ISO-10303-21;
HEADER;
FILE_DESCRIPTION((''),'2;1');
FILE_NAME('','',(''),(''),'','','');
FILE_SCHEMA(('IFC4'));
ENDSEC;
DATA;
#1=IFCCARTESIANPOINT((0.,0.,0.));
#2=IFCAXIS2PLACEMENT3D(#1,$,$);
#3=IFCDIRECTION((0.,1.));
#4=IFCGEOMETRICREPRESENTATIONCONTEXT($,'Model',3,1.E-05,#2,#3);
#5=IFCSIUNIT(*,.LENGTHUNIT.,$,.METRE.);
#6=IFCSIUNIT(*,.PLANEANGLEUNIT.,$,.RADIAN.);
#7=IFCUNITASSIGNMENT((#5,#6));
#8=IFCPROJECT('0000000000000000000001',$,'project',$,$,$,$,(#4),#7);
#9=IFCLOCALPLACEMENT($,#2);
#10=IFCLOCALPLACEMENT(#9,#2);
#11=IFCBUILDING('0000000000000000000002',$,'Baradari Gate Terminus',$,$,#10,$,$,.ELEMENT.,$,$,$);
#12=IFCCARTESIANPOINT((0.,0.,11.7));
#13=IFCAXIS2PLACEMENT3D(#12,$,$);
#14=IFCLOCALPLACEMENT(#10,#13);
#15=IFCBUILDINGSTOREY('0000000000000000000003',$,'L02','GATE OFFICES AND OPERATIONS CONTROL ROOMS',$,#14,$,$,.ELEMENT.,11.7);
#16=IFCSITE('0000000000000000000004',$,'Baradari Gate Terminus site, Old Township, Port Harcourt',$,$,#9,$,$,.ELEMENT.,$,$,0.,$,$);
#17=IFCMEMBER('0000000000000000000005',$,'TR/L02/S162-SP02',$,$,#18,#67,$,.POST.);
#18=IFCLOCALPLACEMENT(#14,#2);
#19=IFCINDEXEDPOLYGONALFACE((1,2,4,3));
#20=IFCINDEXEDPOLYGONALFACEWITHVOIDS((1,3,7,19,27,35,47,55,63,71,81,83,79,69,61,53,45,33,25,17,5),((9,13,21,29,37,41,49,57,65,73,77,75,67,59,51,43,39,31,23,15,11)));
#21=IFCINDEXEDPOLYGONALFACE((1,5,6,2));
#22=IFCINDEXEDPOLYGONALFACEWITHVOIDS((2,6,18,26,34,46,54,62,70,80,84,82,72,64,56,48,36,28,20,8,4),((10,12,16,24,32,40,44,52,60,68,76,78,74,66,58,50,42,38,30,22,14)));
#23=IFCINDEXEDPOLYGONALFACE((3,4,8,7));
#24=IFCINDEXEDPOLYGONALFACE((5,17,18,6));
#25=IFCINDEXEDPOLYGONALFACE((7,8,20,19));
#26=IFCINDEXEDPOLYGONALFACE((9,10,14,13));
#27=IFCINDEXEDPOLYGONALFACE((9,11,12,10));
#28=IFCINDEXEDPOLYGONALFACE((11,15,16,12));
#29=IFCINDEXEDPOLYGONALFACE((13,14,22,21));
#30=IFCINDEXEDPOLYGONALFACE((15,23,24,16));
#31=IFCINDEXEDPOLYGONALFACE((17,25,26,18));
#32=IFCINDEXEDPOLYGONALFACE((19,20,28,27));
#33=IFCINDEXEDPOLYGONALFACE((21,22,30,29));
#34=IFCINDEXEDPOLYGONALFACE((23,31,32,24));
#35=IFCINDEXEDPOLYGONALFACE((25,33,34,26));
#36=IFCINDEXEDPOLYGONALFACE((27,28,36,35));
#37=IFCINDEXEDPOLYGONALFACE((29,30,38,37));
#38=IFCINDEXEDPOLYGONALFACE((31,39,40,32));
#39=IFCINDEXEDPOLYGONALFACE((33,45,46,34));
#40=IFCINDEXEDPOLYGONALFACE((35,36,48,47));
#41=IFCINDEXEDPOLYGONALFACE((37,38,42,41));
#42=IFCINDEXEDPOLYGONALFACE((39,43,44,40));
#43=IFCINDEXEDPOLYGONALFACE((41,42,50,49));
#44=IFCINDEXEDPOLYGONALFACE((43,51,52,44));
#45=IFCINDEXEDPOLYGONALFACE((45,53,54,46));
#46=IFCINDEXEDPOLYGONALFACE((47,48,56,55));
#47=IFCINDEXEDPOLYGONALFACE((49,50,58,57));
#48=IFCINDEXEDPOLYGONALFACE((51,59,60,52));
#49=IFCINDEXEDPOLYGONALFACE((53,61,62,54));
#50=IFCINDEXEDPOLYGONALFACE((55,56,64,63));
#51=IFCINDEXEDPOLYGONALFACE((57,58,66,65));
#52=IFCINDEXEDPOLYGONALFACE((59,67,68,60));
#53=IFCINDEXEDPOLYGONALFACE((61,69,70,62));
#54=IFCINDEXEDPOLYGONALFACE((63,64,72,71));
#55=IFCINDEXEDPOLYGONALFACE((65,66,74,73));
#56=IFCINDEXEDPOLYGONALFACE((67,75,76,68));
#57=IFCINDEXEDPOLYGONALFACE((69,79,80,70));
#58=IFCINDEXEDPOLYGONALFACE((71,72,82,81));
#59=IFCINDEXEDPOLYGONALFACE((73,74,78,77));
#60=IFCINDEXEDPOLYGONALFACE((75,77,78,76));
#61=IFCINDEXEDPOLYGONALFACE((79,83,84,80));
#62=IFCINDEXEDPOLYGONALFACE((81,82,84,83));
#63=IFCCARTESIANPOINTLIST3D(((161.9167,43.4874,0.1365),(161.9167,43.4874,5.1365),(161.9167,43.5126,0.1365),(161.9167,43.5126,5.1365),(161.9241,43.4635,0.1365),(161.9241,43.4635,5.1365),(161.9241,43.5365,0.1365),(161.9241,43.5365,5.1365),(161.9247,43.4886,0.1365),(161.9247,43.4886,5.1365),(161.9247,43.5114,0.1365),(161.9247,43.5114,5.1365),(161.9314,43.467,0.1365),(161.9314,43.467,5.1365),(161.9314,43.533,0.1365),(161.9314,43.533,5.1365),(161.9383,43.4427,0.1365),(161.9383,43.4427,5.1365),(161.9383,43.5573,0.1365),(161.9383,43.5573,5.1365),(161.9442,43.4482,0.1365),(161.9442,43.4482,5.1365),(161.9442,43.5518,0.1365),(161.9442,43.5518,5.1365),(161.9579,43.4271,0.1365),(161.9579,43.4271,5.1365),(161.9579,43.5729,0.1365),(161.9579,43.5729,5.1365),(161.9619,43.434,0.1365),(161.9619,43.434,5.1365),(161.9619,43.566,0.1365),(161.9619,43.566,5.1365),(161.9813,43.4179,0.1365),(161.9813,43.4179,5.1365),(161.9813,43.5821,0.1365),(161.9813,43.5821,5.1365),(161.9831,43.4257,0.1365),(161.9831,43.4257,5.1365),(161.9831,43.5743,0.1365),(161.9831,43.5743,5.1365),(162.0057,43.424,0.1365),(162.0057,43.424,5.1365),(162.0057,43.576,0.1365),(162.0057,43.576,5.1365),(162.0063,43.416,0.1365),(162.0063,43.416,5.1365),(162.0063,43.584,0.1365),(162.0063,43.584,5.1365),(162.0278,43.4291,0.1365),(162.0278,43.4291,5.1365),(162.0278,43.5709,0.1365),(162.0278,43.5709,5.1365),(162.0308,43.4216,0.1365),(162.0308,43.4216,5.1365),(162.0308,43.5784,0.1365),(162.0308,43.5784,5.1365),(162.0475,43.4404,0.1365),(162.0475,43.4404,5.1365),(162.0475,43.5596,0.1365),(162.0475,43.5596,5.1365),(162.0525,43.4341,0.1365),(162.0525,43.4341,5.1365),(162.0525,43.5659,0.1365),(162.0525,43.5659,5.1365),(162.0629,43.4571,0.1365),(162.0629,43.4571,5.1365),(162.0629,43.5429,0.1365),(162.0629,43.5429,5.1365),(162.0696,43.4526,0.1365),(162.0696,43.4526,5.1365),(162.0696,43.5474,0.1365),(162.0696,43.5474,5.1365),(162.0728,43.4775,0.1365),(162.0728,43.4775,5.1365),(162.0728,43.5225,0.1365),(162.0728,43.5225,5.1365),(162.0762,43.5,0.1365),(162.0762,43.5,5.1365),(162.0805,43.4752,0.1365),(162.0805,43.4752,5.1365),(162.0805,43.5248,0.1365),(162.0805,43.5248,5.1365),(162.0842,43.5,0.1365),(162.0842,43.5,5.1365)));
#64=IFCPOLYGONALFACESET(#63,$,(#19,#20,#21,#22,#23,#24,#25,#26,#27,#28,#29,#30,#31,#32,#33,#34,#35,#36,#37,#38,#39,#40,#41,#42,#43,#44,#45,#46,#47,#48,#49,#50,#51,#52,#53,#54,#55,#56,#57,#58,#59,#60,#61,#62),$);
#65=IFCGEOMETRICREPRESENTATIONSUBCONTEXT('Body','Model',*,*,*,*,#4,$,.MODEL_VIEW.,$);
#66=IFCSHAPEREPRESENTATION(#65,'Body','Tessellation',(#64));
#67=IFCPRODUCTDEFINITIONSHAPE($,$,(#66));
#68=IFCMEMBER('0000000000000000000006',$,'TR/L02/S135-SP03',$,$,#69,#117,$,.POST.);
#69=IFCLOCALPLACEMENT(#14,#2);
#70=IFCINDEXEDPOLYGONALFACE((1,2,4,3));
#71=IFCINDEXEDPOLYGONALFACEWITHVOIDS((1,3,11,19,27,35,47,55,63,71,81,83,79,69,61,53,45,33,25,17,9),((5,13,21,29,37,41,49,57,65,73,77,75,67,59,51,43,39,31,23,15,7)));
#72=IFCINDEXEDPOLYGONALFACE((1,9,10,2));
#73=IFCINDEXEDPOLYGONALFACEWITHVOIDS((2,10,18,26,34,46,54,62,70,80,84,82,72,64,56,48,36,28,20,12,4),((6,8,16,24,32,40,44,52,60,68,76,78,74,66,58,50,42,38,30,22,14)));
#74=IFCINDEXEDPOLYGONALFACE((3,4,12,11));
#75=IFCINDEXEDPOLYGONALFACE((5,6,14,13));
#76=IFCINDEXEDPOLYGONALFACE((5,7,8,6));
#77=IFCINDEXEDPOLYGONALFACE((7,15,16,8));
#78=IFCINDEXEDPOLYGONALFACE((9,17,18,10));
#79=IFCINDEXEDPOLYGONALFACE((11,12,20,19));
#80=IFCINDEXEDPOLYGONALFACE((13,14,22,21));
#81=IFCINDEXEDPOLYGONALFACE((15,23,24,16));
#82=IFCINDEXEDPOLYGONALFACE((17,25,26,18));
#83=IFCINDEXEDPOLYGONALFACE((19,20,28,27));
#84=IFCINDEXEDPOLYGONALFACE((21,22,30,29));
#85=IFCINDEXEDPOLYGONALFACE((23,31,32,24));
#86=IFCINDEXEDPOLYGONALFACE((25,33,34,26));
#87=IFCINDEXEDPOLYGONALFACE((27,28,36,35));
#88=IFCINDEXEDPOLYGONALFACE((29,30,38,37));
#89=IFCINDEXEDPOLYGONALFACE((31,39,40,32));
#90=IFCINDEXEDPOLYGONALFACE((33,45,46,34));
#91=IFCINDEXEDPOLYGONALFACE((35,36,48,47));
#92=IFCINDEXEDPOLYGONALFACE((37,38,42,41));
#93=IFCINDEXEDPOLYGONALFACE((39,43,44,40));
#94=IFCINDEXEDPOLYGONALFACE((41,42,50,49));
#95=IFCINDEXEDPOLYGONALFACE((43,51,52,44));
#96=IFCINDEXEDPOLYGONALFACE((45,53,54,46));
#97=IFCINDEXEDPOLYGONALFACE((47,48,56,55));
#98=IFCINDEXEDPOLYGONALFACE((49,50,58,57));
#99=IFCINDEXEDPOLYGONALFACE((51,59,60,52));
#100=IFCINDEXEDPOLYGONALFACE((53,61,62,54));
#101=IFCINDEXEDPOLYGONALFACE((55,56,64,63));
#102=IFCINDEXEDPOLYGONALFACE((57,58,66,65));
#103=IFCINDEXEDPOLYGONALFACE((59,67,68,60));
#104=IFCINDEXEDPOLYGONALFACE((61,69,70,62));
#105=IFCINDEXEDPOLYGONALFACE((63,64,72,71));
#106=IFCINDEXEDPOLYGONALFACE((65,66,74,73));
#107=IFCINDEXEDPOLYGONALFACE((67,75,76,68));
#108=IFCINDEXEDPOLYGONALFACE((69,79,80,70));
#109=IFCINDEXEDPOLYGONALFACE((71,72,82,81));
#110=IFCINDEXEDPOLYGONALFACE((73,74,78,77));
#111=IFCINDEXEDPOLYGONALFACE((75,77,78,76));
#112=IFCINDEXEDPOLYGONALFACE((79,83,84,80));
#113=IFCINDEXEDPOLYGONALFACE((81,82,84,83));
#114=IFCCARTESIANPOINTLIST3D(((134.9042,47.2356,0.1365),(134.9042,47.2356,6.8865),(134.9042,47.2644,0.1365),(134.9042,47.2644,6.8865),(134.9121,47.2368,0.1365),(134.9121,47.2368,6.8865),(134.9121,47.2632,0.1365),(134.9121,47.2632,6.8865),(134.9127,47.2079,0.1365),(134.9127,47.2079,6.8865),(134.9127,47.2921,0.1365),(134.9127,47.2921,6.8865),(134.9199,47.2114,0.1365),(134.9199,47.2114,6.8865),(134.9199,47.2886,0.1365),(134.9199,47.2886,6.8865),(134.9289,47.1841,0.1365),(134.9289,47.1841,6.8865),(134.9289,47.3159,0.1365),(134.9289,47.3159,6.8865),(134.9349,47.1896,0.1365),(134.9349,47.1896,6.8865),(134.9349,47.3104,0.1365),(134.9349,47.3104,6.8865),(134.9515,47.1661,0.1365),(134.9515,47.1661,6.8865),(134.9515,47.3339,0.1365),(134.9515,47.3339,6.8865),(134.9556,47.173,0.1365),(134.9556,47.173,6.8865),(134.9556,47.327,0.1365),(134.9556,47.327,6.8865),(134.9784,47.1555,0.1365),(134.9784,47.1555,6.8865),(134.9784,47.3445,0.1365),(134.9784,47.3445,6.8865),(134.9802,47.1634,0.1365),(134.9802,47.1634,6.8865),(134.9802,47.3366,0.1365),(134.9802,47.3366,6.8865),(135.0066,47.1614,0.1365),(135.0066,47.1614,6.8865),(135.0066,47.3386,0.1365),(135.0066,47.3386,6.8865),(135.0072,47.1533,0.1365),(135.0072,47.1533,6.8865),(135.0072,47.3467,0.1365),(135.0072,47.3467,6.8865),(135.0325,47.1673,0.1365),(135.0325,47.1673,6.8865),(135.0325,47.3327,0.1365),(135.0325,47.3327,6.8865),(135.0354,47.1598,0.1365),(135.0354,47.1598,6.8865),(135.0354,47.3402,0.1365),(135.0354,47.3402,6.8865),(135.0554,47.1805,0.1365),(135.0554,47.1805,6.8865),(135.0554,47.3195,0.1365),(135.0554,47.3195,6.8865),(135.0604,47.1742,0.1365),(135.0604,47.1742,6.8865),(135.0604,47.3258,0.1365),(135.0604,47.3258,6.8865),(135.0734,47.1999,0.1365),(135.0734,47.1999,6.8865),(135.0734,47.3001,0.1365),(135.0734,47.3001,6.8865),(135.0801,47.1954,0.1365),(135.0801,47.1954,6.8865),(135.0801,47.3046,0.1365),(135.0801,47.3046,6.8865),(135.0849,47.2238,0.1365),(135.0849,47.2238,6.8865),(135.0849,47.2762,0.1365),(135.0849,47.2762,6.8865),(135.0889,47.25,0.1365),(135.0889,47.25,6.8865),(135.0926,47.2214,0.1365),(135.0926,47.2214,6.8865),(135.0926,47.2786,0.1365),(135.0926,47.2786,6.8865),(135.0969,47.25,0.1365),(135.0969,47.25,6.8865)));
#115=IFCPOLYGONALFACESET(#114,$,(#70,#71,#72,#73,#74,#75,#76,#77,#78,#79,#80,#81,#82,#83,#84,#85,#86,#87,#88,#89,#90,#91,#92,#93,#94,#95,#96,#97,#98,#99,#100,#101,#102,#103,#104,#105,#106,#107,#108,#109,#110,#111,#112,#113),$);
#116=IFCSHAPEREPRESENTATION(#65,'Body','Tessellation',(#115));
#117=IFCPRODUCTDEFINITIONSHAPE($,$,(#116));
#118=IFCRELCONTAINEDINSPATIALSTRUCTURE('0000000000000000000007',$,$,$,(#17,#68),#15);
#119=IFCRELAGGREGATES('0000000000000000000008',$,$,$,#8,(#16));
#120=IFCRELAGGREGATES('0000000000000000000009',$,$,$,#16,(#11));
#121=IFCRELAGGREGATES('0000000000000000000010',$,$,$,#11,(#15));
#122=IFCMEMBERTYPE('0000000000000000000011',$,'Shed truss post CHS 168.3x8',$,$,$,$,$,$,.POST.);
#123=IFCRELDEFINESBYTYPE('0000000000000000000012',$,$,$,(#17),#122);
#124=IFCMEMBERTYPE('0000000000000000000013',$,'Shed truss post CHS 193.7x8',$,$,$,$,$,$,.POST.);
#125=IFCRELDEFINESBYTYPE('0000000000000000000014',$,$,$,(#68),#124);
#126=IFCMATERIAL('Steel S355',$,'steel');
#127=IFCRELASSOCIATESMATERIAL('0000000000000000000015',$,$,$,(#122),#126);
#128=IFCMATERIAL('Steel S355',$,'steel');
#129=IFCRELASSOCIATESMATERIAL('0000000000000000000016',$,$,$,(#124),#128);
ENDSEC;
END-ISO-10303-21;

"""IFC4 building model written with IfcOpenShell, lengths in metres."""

from ifc_helpers import new_model, si_unit, direction, frame, origin, origin_2d, place, context, subcontext, project, spatial, hollow_circle, extrude, material, material_profile, profile_set, type_object, element, save


model = new_model("IFC4")

# Units and contexts
model_context = context("Model", 3, precision=1e-05, world=origin(), true_north=direction((0.0, 1.0)))
body_context = subcontext(model_context, "Body", "Model", "MODEL_VIEW")
ifc_project = project(units=[si_unit("LENGTHUNIT", "METRE"), si_unit("PLANEANGLEUNIT", "RADIAN")], contexts=[model_context])

# Site, building, storey
site_placement = place(None, origin())
site = spatial("IfcSite", under=ifc_project, at=site_placement, Name="Baradari Gate Terminus site, Old Township, Port Harcourt", CompositionType="ELEMENT", RefElevation=0.0)
building_placement = place(site_placement, origin())
building = spatial("IfcBuilding", under=site, at=building_placement, Name="Baradari Gate Terminus", CompositionType="ELEMENT")
storey_placement = place(building_placement, frame((0.0, 0.0, 11.7)))
storey = spatial("IfcBuildingStorey", under=building, at=storey_placement, Name="L02", Description="GATE OFFICES AND OPERATIONS CONTROL ROOMS", CompositionType="ELEMENT", Elevation=11.7)

# Members
ifc_material_1 = material(Name="Steel S355", Category="steel")
ifc_material_profile_1 = material_profile(ifc_material_1, hollow_circle(Radius=0.0842, WallThickness=0.0081, at=origin_2d()), Name="CHS 168.3x8")
ifc_profile_set_1 = profile_set([ifc_material_profile_1], Name="Steel S355")
member_type_1 = type_object("IfcMemberType", Name="Shed truss post CHS 168.3x8", PredefinedType="POST", material=ifc_profile_set_1)
member_1_placement = place(storey_placement, frame((162.0, 43.5, 0.1365), z_axis=(0.0, 0.0, 1.0), x_axis=(1.0, 0.0, 0.0)))
element("IfcMember", 1, at=member_1_placement, inside=storey, type_object=member_type_1, Name="TR/L02/S162-SP02", PredefinedType="POST", context=body_context, shape_type="SweptSolid", body=[
    extrude(hollow_circle(Radius=0.0842, WallThickness=0.0081, at=origin_2d()), origin(), (0.0, 0.0, 1.0), 5.0),
])
ifc_material_2 = material(Name="Steel S355", Category="steel")
ifc_material_profile_2 = material_profile(ifc_material_2, hollow_circle(Radius=0.0969, WallThickness=0.0081, at=origin_2d()), Name="CHS 193.7x8")
ifc_profile_set_2 = profile_set([ifc_material_profile_2], Name="Steel S355")
member_type_2 = type_object("IfcMemberType", Name="Shed truss post CHS 193.7x8", PredefinedType="POST", material=ifc_profile_set_2)
member_2_placement = place(storey_placement, frame((135.0, 47.25, 0.1365), z_axis=(0.0, 0.0, 1.0), x_axis=(1.0, 0.0, 0.0)))
element("IfcMember", 2, at=member_2_placement, inside=storey, type_object=member_type_2, Name="TR/L02/S135-SP03", PredefinedType="POST", context=body_context, shape_type="SweptSolid", body=[
    extrude(hollow_circle(Radius=0.0969, WallThickness=0.0081, at=origin_2d()), origin(), (0.0, 0.0, 1.0), 6.75),
])

save(model, "model.ifc")
